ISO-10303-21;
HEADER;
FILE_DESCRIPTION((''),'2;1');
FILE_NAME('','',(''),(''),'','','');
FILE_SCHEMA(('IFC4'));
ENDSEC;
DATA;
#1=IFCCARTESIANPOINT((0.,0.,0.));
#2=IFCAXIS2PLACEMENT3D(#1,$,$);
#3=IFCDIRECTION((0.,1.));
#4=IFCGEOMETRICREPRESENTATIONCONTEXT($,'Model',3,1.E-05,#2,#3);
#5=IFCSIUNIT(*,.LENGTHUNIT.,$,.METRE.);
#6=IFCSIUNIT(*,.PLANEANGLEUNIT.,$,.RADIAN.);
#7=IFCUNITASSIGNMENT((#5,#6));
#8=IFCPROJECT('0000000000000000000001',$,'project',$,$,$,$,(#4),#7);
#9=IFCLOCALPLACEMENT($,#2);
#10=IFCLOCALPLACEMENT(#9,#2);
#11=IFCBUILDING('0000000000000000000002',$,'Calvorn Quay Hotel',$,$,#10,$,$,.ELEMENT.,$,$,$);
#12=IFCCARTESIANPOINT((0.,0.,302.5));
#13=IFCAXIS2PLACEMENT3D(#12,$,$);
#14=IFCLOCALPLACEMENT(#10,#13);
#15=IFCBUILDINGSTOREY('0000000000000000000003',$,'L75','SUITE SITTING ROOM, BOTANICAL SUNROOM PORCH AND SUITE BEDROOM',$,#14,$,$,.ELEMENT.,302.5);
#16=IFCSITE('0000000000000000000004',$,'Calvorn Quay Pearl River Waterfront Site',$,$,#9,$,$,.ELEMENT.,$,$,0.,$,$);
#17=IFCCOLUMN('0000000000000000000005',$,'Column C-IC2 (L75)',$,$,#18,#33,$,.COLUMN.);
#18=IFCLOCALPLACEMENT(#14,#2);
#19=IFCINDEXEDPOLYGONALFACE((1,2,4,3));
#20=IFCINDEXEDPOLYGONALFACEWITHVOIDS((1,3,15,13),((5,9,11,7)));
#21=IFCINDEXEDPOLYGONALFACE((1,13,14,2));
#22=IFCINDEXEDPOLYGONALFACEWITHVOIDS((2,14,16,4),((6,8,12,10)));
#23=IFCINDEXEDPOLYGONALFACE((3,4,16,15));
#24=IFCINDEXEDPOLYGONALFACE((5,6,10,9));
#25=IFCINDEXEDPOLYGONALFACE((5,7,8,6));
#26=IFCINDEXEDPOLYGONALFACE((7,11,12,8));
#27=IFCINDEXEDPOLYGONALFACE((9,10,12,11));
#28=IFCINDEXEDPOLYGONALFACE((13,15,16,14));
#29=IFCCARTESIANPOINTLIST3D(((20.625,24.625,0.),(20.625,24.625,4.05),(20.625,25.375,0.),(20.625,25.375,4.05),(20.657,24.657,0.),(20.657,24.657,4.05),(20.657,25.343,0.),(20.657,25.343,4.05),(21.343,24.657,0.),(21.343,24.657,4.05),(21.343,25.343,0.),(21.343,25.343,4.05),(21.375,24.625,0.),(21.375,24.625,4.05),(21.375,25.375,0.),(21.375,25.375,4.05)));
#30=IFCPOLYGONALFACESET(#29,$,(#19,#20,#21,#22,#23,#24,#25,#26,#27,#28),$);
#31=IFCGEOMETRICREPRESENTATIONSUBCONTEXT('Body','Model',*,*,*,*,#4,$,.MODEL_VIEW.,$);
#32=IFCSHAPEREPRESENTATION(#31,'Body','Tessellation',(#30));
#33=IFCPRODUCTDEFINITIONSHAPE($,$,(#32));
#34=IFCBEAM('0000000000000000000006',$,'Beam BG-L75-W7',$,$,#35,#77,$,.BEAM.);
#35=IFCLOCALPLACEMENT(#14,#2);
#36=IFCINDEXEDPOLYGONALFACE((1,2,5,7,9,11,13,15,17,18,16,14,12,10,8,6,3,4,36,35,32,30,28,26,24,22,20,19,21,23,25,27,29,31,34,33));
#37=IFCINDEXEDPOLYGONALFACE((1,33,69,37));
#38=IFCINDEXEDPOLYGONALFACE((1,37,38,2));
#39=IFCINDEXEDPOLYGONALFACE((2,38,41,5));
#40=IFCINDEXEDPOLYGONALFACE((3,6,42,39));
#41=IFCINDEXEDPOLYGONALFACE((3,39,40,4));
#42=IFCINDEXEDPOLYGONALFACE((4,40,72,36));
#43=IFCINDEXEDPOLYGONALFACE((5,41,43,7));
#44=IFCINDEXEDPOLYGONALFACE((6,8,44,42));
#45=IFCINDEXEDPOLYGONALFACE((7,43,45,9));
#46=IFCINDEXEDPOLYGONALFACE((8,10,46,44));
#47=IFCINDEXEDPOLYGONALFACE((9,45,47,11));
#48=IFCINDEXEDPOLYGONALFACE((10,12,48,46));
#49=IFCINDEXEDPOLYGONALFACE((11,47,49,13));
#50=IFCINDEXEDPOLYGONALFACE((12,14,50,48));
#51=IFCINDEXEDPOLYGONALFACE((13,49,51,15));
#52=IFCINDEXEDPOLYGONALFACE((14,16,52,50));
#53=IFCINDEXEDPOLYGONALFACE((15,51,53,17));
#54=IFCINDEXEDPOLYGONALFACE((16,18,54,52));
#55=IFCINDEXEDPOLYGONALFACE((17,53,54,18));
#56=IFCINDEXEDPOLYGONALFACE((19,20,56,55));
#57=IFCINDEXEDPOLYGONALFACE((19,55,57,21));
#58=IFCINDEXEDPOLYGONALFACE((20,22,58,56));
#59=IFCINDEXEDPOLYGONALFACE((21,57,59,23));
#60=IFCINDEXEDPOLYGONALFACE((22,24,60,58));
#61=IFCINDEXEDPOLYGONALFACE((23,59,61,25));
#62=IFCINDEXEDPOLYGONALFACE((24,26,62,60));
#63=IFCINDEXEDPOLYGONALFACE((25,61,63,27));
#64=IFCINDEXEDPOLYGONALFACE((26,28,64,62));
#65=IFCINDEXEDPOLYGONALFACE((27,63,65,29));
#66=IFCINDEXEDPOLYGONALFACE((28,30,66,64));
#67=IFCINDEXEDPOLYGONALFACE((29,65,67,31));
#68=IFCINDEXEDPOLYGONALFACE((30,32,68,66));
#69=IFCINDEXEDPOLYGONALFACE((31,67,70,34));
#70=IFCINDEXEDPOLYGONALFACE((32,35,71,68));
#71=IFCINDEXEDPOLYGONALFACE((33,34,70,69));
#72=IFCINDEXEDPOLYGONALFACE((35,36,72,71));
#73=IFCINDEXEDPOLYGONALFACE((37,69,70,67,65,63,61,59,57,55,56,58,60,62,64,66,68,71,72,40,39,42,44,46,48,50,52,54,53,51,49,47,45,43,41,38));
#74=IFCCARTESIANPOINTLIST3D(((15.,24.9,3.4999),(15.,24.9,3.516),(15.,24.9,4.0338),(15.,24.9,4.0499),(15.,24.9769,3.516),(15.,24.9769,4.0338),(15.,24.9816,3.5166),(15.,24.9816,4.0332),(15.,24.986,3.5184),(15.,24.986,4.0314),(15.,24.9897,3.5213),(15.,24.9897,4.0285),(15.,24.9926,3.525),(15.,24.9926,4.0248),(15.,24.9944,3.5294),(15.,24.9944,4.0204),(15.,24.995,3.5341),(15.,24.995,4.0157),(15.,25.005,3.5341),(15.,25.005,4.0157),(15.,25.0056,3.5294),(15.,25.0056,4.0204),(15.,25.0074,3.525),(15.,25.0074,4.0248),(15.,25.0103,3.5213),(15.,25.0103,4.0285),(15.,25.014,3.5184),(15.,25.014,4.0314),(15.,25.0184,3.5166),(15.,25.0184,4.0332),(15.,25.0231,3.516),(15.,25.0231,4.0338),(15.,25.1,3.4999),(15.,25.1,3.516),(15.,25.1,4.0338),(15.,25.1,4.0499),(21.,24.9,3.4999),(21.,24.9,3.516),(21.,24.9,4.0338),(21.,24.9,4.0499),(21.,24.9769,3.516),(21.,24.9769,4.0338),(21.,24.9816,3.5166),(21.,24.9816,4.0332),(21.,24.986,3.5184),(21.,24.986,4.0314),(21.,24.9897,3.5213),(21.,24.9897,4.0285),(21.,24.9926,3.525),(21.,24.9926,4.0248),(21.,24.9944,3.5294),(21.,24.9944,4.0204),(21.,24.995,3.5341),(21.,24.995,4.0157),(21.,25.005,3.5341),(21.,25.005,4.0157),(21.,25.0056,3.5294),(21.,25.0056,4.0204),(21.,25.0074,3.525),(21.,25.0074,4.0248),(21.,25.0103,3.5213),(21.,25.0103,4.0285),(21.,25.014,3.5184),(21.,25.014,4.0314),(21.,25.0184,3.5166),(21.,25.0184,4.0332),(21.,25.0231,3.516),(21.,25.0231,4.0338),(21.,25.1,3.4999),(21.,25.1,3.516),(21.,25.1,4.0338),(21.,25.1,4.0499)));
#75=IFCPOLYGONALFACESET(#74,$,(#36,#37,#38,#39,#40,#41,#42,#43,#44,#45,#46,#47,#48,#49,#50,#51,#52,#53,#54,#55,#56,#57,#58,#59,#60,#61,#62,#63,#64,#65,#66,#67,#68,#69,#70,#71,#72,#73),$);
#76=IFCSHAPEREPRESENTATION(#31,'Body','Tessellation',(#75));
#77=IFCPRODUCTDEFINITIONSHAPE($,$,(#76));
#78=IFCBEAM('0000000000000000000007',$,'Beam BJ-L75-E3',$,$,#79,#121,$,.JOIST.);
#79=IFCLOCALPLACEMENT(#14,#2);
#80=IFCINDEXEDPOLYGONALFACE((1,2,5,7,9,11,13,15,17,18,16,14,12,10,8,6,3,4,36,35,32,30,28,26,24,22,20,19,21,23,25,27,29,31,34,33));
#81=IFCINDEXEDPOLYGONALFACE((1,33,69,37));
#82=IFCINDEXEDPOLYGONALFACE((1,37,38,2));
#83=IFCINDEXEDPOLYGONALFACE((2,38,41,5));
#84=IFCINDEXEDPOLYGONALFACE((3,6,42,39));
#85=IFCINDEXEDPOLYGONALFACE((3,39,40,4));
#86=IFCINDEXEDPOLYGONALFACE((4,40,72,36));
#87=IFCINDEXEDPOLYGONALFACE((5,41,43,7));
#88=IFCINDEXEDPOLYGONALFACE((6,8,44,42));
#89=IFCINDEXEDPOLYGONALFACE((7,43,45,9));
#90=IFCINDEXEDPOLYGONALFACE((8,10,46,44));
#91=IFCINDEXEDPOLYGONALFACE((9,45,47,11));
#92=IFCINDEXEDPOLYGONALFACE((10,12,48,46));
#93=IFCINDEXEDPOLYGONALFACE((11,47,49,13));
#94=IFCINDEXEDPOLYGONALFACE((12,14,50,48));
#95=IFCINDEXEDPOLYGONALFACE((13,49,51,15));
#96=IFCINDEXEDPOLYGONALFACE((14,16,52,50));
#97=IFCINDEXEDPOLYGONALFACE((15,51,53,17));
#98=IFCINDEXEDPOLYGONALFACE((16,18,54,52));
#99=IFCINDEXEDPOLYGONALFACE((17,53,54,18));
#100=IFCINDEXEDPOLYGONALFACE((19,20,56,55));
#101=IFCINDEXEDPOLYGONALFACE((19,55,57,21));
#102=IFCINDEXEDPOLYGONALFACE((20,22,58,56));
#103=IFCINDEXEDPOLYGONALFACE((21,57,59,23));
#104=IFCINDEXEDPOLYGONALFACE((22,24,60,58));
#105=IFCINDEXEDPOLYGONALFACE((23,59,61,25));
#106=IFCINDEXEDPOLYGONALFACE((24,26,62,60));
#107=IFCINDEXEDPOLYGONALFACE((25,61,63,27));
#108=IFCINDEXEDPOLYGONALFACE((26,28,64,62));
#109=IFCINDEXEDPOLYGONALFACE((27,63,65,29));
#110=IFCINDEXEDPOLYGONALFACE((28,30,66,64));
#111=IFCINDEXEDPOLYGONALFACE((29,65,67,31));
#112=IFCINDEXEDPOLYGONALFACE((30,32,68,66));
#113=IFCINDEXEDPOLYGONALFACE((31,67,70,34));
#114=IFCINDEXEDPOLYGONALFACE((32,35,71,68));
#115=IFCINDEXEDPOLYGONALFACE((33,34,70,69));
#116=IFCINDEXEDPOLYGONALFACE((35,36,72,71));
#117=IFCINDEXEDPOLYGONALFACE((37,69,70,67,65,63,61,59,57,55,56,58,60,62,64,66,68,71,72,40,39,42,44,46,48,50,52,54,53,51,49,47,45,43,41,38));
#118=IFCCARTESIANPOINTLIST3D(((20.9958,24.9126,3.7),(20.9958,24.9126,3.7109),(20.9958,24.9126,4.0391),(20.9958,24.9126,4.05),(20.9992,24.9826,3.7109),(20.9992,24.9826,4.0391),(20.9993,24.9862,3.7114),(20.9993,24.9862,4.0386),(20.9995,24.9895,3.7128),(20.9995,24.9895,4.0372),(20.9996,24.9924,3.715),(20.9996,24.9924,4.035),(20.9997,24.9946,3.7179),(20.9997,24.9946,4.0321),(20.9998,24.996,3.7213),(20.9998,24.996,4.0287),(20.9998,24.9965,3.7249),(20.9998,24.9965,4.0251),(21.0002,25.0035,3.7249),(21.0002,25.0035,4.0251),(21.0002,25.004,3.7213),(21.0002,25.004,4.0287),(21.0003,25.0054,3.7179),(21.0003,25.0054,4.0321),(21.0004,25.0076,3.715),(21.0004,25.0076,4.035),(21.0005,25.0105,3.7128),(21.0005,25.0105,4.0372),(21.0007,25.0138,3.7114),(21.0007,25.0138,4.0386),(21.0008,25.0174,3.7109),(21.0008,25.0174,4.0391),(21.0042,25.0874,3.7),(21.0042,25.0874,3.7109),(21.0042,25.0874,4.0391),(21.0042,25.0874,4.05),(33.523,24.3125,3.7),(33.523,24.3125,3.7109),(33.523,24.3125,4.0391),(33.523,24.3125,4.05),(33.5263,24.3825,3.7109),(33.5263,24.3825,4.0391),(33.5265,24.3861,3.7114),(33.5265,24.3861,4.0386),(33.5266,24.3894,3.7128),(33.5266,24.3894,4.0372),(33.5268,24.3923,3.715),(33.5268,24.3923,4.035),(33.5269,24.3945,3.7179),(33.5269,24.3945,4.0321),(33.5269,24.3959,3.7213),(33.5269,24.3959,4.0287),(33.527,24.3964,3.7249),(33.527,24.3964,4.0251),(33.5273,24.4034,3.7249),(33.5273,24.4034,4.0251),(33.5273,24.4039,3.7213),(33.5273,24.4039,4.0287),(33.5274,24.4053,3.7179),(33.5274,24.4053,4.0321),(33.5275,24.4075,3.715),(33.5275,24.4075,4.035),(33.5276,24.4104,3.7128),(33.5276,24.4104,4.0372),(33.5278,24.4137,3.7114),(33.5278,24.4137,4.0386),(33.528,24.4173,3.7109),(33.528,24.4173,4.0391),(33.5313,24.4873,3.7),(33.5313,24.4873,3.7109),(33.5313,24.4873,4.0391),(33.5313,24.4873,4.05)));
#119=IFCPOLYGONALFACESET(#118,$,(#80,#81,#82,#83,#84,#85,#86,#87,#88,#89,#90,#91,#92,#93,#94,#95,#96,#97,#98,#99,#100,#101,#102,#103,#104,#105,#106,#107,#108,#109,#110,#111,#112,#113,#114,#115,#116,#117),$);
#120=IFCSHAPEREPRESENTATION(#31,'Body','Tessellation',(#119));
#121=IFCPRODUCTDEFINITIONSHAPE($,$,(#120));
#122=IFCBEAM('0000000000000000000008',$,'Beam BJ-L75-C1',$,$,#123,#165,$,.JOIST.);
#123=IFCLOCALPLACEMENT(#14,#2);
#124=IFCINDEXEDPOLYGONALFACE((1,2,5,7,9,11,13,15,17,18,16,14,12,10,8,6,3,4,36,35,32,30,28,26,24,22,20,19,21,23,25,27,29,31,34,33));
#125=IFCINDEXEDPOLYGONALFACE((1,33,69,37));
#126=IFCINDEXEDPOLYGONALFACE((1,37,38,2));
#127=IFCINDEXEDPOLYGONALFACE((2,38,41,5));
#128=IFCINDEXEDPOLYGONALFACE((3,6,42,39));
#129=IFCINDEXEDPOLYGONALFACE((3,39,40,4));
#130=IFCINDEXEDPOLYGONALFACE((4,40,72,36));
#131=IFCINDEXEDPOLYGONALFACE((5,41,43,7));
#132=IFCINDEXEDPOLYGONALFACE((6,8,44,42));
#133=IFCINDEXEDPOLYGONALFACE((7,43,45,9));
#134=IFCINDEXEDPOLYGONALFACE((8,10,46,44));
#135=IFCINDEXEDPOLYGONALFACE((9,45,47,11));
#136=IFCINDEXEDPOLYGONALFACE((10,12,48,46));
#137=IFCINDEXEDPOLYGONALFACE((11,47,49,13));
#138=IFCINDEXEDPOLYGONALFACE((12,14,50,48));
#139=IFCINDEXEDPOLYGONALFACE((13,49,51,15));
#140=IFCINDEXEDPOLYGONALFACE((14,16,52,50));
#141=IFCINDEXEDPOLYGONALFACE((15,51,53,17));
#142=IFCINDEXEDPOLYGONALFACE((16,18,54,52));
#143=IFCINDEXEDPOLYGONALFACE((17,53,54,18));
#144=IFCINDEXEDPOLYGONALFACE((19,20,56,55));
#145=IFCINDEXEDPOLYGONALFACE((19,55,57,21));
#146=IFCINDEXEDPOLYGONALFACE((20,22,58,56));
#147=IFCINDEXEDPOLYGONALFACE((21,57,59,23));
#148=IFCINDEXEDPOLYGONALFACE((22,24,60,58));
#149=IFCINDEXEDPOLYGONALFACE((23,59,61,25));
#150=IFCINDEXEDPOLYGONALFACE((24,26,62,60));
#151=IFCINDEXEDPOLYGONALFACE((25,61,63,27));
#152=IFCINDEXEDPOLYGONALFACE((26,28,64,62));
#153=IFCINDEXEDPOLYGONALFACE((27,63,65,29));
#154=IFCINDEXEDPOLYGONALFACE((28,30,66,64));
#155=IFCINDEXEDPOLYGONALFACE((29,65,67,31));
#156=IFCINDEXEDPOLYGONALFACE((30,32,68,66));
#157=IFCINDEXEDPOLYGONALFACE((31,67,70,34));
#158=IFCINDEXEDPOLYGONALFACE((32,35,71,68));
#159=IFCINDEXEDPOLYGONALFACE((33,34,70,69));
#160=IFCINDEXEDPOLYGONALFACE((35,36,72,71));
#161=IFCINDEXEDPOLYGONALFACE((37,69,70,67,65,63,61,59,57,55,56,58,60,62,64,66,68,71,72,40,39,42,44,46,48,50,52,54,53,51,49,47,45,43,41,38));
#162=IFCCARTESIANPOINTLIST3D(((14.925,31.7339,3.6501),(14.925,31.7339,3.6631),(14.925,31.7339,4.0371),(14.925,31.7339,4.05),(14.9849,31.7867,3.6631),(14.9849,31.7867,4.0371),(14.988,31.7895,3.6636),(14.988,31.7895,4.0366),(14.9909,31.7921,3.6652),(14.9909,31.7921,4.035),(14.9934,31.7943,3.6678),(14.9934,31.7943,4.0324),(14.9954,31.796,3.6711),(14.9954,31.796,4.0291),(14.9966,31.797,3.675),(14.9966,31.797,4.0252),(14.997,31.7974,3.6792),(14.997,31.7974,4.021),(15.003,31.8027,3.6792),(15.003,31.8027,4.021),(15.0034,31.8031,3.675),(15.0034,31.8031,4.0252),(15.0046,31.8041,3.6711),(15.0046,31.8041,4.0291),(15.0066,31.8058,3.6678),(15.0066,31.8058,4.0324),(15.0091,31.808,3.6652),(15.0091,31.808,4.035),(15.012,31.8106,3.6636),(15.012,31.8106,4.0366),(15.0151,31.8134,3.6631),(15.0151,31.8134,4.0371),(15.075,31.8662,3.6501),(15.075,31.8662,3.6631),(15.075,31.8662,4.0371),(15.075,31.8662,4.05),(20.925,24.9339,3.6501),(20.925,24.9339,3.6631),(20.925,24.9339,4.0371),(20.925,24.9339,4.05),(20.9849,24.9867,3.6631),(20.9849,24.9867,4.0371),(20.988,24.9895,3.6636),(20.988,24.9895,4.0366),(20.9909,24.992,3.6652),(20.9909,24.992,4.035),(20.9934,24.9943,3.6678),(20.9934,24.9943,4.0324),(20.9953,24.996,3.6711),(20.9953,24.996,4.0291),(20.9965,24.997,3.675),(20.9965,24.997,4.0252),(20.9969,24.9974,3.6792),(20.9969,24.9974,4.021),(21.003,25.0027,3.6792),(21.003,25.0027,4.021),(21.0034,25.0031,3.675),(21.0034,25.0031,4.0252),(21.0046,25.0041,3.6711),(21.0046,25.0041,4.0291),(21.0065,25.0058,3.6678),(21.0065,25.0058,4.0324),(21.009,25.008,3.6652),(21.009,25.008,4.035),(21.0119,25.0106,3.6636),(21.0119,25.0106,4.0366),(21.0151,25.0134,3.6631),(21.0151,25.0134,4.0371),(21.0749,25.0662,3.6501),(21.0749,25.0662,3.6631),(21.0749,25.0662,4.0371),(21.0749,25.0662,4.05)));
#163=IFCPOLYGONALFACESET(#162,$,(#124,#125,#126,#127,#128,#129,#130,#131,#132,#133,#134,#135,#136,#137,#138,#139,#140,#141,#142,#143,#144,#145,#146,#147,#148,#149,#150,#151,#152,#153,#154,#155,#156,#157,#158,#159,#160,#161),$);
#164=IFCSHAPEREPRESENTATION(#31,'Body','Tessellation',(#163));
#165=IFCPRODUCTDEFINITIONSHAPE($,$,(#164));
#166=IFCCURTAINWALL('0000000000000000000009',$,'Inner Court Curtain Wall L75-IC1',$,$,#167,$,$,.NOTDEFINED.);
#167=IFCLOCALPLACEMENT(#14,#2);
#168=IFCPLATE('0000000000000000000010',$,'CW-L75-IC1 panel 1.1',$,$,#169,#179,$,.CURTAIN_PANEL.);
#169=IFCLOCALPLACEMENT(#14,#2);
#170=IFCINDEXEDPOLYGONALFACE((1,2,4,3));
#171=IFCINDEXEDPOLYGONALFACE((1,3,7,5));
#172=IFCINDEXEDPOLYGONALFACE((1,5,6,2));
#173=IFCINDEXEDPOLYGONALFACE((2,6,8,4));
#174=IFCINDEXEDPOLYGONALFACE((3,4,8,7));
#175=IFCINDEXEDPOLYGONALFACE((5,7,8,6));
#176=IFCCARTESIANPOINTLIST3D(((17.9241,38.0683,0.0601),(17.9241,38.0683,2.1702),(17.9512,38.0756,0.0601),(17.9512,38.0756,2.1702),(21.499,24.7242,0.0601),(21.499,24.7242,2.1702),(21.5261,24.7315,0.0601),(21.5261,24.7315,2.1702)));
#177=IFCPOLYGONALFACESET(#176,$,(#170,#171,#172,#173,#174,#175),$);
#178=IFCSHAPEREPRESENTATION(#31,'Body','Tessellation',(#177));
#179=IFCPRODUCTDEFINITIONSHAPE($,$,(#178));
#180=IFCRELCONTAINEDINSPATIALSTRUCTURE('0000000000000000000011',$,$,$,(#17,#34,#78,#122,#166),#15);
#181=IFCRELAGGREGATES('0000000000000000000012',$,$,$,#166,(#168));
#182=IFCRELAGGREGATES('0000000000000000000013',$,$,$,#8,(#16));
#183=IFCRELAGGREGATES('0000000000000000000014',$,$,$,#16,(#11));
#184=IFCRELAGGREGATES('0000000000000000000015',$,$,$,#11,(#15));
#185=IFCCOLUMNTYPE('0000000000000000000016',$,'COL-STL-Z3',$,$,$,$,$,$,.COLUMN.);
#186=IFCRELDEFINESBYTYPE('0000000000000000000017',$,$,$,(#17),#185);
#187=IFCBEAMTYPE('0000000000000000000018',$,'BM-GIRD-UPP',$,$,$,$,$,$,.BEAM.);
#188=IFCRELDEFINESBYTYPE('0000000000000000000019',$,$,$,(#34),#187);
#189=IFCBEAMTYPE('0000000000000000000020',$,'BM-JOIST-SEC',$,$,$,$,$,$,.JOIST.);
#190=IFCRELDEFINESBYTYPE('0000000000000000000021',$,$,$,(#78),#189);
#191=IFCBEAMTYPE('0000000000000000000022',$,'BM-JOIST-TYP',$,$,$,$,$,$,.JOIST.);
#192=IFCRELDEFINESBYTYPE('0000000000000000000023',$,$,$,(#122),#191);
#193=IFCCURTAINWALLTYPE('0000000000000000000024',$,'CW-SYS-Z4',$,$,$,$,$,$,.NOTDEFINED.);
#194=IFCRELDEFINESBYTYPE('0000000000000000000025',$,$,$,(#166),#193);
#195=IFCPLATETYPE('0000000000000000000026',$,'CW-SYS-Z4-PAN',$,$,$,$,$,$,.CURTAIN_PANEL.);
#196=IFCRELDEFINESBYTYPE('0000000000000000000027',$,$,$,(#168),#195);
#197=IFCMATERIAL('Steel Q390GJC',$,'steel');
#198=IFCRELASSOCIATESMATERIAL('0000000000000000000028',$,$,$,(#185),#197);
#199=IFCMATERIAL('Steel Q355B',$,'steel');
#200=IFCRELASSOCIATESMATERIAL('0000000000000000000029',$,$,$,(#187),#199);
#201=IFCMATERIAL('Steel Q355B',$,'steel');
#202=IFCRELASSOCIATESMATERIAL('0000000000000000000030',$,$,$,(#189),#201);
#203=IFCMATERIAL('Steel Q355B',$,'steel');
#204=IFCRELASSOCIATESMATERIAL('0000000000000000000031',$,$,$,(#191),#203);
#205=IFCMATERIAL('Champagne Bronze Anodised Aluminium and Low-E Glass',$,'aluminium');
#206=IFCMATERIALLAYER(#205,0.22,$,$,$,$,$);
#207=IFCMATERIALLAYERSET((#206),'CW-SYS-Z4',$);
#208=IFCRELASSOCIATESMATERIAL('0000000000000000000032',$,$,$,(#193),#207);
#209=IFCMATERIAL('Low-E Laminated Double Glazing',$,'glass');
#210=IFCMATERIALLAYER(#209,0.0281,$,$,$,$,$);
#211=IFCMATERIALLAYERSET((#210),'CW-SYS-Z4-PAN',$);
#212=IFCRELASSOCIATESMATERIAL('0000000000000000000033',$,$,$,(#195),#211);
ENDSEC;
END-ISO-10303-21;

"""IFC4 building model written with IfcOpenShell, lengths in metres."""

from ifc_helpers import new_model, si_unit, direction, frame, origin, origin_2d, place, context, subcontext, project, spatial, rectangle, hollow_rectangle, i_section, extrude, material, layer, layer_set, material_profile, profile_set, type_object, element, aggregate, save


model = new_model("IFC4")

# Units and contexts
model_context = context("Model", 3, precision=1e-05, world=origin(), true_north=direction((0.0, 1.0)))
body_context = subcontext(model_context, "Body", "Model", "MODEL_VIEW")
ifc_project = project(units=[si_unit("LENGTHUNIT", "METRE"), si_unit("PLANEANGLEUNIT", "RADIAN")], contexts=[model_context])

# Site, building, storey
site_placement = place(None, origin())
site = spatial("IfcSite", under=ifc_project, at=site_placement, Name="Calvorn Quay Pearl River Waterfront Site", CompositionType="ELEMENT", RefElevation=0.0)
building_placement = place(site_placement, origin())
building = spatial("IfcBuilding", under=site, at=building_placement, Name="Calvorn Quay Hotel", CompositionType="ELEMENT")
storey_placement = place(building_placement, frame((0.0, 0.0, 302.5)))
storey = spatial("IfcBuildingStorey", under=building, at=storey_placement, Name="L75", Description="SUITE SITTING ROOM, BOTANICAL SUNROOM PORCH AND SUITE BEDROOM", CompositionType="ELEMENT", Elevation=302.5)

# Column
ifc_material_1 = material(Name="Steel Q390GJC", Category="steel")
ifc_material_profile_1 = material_profile(ifc_material_1, hollow_rectangle(XDim=0.75, YDim=0.75, WallThickness=0.032, at=origin_2d()), Name="BOX750x750x32")
ifc_profile_set_1 = profile_set([ifc_material_profile_1], Name="Steel Q390GJC")
column_type = type_object("IfcColumnType", Name="COL-STL-Z3", PredefinedType="COLUMN", material=ifc_profile_set_1)
column_placement = place(storey_placement, frame((21.0, 25.0, 0.0), z_axis=(0.0, 0.0, 1.0), x_axis=(1.0, 0.0, 0.0)))
element("IfcColumn", 1, at=column_placement, inside=storey, type_object=column_type, Name="Column C-IC2 (L75)", PredefinedType="COLUMN", context=body_context, shape_type="SweptSolid", body=[
    extrude(hollow_rectangle(XDim=0.75, YDim=0.75, WallThickness=0.032, at=origin_2d()), origin(), (0.0, 0.0, 1.0), 4.05),
])

# Beams
ifc_material_2 = material(Name="Steel Q355B", Category="steel")
ifc_material_profile_2 = material_profile(ifc_material_2, i_section(OverallWidth=0.2, OverallDepth=0.55, WebThickness=0.01, FlangeThickness=0.0161, FilletRadius=0.0181, at=origin_2d()), Name="HN550x200x10x16")
ifc_profile_set_2 = profile_set([ifc_material_profile_2], Name="Steel Q355B")
beam_type_1 = type_object("IfcBeamType", Name="BM-GIRD-UPP", PredefinedType="BEAM", material=ifc_profile_set_2)
beam_1_placement = place(storey_placement, frame((21.0, 25.0, 3.7749), z_axis=(-1.0, 0.0, 0.0), x_axis=(0.0, -1.0, 0.0)))
element("IfcBeam", 2, at=beam_1_placement, inside=storey, type_object=beam_type_1, Name="Beam BG-L75-W7", PredefinedType="BEAM", context=body_context, shape_type="SweptSolid", body=[
    extrude(i_section(OverallWidth=0.2, OverallDepth=0.55, WebThickness=0.01, FlangeThickness=0.0161, FilletRadius=0.0181, at=origin_2d()), origin(), (0.0, 0.0, 1.0), 6.0),
])
ifc_material_3 = material(Name="Steel Q355B", Category="steel")
ifc_material_profile_3 = material_profile(ifc_material_3, i_section(OverallWidth=0.175, OverallDepth=0.3501, WebThickness=0.0071, FlangeThickness=0.011, FilletRadius=0.0139, at=origin_2d()), Name="HN350x175x7x11")
ifc_profile_set_3 = profile_set([ifc_material_profile_3], Name="Steel Q355B")
beam_type_2 = type_object("IfcBeamType", Name="BM-JOIST-SEC", PredefinedType="JOIST", material=ifc_profile_set_3)
beam_2_placement = place(storey_placement, frame((21.0, 25.0, 3.875), z_axis=(0.998855, -0.047849, 0.0), x_axis=(0.047849, 0.998855, 0.0)))
element("IfcBeam", 3, at=beam_2_placement, inside=storey, type_object=beam_type_2, Name="Beam BJ-L75-E3", PredefinedType="JOIST", context=body_context, shape_type="SweptSolid", body=[
    extrude(i_section(OverallWidth=0.175, OverallDepth=0.3501, WebThickness=0.0071, FlangeThickness=0.011, FilletRadius=0.0139, at=origin_2d()), origin(), (0.0, 0.0, 1.0), 12.5415),
])
ifc_material_4 = material(Name="Steel Q355B", Category="steel")
ifc_material_profile_4 = material_profile(ifc_material_4, i_section(OverallWidth=0.2, OverallDepth=0.3999, WebThickness=0.0081, FlangeThickness=0.0129, FilletRadius=0.0161, at=origin_2d()), Name="HN400x200x8x13")
ifc_profile_set_4 = profile_set([ifc_material_profile_4], Name="Steel Q355B")
beam_type_3 = type_object("IfcBeamType", Name="BM-JOIST-TYP", PredefinedType="JOIST", material=ifc_profile_set_4)
beam_3_placement = place(storey_placement, frame((15.0, 31.8, 3.8501), z_axis=(0.661619, -0.74984, 0.0), x_axis=(0.74984, 0.661619, 0.0)))
element("IfcBeam", 4, at=beam_3_placement, inside=storey, type_object=beam_type_3, Name="Beam BJ-L75-C1", PredefinedType="JOIST", context=body_context, shape_type="SweptSolid", body=[
    extrude(i_section(OverallWidth=0.2, OverallDepth=0.3999, WebThickness=0.0081, FlangeThickness=0.0129, FilletRadius=0.0161, at=origin_2d()), origin(), (0.0, 0.0, 1.0), 9.0686),
])

# Curtain wall, plate
ifc_material_5 = material(Name="Champagne Bronze Anodised Aluminium and Low-E Glass", Category="aluminium")
ifc_layer_1 = layer(ifc_material_5, 0.22)
ifc_layer_set_1 = layer_set([ifc_layer_1], Name="CW-SYS-Z4")
curtain_wall_type = type_object("IfcCurtainWallType", Name="CW-SYS-Z4", PredefinedType="NOTDEFINED", material=ifc_layer_set_1)
curtain_wall_placement = place(storey_placement, origin())
curtain_wall = element("IfcCurtainWall", 5, at=curtain_wall_placement, inside=storey, type_object=curtain_wall_type, Name="Inner Court Curtain Wall L75-IC1", PredefinedType="NOTDEFINED")
ifc_material_6 = material(Name="Low-E Laminated Double Glazing", Category="glass")
ifc_layer_2 = layer(ifc_material_6, 0.0281)
ifc_layer_set_2 = layer_set([ifc_layer_2], Name="CW-SYS-Z4-PAN")
plate_type = type_object("IfcPlateType", Name="CW-SYS-Z4-PAN", PredefinedType="CURTAIN_PANEL", material=ifc_layer_set_2)
plate_1_placement = place(storey_placement, frame((19.7251, 31.3999, 0.0601), z_axis=(0.0, 0.0, 1.0), x_axis=(-0.258779, 0.965937, 0.0)))
plate_1 = element("IfcPlate", 6, at=plate_1_placement, type_object=plate_type, Name="CW-L75-IC1 panel 1.1", PredefinedType="CURTAIN_PANEL", context=body_context, shape_type="SweptSolid", body=[
    extrude(rectangle(XDim=13.8147, YDim=0.0281, at=origin_2d()), origin(), (0.0, 0.0, 1.0), 2.1101),
])
aggregate(curtain_wall, [plate_1])

save(model, "model.ifc")
